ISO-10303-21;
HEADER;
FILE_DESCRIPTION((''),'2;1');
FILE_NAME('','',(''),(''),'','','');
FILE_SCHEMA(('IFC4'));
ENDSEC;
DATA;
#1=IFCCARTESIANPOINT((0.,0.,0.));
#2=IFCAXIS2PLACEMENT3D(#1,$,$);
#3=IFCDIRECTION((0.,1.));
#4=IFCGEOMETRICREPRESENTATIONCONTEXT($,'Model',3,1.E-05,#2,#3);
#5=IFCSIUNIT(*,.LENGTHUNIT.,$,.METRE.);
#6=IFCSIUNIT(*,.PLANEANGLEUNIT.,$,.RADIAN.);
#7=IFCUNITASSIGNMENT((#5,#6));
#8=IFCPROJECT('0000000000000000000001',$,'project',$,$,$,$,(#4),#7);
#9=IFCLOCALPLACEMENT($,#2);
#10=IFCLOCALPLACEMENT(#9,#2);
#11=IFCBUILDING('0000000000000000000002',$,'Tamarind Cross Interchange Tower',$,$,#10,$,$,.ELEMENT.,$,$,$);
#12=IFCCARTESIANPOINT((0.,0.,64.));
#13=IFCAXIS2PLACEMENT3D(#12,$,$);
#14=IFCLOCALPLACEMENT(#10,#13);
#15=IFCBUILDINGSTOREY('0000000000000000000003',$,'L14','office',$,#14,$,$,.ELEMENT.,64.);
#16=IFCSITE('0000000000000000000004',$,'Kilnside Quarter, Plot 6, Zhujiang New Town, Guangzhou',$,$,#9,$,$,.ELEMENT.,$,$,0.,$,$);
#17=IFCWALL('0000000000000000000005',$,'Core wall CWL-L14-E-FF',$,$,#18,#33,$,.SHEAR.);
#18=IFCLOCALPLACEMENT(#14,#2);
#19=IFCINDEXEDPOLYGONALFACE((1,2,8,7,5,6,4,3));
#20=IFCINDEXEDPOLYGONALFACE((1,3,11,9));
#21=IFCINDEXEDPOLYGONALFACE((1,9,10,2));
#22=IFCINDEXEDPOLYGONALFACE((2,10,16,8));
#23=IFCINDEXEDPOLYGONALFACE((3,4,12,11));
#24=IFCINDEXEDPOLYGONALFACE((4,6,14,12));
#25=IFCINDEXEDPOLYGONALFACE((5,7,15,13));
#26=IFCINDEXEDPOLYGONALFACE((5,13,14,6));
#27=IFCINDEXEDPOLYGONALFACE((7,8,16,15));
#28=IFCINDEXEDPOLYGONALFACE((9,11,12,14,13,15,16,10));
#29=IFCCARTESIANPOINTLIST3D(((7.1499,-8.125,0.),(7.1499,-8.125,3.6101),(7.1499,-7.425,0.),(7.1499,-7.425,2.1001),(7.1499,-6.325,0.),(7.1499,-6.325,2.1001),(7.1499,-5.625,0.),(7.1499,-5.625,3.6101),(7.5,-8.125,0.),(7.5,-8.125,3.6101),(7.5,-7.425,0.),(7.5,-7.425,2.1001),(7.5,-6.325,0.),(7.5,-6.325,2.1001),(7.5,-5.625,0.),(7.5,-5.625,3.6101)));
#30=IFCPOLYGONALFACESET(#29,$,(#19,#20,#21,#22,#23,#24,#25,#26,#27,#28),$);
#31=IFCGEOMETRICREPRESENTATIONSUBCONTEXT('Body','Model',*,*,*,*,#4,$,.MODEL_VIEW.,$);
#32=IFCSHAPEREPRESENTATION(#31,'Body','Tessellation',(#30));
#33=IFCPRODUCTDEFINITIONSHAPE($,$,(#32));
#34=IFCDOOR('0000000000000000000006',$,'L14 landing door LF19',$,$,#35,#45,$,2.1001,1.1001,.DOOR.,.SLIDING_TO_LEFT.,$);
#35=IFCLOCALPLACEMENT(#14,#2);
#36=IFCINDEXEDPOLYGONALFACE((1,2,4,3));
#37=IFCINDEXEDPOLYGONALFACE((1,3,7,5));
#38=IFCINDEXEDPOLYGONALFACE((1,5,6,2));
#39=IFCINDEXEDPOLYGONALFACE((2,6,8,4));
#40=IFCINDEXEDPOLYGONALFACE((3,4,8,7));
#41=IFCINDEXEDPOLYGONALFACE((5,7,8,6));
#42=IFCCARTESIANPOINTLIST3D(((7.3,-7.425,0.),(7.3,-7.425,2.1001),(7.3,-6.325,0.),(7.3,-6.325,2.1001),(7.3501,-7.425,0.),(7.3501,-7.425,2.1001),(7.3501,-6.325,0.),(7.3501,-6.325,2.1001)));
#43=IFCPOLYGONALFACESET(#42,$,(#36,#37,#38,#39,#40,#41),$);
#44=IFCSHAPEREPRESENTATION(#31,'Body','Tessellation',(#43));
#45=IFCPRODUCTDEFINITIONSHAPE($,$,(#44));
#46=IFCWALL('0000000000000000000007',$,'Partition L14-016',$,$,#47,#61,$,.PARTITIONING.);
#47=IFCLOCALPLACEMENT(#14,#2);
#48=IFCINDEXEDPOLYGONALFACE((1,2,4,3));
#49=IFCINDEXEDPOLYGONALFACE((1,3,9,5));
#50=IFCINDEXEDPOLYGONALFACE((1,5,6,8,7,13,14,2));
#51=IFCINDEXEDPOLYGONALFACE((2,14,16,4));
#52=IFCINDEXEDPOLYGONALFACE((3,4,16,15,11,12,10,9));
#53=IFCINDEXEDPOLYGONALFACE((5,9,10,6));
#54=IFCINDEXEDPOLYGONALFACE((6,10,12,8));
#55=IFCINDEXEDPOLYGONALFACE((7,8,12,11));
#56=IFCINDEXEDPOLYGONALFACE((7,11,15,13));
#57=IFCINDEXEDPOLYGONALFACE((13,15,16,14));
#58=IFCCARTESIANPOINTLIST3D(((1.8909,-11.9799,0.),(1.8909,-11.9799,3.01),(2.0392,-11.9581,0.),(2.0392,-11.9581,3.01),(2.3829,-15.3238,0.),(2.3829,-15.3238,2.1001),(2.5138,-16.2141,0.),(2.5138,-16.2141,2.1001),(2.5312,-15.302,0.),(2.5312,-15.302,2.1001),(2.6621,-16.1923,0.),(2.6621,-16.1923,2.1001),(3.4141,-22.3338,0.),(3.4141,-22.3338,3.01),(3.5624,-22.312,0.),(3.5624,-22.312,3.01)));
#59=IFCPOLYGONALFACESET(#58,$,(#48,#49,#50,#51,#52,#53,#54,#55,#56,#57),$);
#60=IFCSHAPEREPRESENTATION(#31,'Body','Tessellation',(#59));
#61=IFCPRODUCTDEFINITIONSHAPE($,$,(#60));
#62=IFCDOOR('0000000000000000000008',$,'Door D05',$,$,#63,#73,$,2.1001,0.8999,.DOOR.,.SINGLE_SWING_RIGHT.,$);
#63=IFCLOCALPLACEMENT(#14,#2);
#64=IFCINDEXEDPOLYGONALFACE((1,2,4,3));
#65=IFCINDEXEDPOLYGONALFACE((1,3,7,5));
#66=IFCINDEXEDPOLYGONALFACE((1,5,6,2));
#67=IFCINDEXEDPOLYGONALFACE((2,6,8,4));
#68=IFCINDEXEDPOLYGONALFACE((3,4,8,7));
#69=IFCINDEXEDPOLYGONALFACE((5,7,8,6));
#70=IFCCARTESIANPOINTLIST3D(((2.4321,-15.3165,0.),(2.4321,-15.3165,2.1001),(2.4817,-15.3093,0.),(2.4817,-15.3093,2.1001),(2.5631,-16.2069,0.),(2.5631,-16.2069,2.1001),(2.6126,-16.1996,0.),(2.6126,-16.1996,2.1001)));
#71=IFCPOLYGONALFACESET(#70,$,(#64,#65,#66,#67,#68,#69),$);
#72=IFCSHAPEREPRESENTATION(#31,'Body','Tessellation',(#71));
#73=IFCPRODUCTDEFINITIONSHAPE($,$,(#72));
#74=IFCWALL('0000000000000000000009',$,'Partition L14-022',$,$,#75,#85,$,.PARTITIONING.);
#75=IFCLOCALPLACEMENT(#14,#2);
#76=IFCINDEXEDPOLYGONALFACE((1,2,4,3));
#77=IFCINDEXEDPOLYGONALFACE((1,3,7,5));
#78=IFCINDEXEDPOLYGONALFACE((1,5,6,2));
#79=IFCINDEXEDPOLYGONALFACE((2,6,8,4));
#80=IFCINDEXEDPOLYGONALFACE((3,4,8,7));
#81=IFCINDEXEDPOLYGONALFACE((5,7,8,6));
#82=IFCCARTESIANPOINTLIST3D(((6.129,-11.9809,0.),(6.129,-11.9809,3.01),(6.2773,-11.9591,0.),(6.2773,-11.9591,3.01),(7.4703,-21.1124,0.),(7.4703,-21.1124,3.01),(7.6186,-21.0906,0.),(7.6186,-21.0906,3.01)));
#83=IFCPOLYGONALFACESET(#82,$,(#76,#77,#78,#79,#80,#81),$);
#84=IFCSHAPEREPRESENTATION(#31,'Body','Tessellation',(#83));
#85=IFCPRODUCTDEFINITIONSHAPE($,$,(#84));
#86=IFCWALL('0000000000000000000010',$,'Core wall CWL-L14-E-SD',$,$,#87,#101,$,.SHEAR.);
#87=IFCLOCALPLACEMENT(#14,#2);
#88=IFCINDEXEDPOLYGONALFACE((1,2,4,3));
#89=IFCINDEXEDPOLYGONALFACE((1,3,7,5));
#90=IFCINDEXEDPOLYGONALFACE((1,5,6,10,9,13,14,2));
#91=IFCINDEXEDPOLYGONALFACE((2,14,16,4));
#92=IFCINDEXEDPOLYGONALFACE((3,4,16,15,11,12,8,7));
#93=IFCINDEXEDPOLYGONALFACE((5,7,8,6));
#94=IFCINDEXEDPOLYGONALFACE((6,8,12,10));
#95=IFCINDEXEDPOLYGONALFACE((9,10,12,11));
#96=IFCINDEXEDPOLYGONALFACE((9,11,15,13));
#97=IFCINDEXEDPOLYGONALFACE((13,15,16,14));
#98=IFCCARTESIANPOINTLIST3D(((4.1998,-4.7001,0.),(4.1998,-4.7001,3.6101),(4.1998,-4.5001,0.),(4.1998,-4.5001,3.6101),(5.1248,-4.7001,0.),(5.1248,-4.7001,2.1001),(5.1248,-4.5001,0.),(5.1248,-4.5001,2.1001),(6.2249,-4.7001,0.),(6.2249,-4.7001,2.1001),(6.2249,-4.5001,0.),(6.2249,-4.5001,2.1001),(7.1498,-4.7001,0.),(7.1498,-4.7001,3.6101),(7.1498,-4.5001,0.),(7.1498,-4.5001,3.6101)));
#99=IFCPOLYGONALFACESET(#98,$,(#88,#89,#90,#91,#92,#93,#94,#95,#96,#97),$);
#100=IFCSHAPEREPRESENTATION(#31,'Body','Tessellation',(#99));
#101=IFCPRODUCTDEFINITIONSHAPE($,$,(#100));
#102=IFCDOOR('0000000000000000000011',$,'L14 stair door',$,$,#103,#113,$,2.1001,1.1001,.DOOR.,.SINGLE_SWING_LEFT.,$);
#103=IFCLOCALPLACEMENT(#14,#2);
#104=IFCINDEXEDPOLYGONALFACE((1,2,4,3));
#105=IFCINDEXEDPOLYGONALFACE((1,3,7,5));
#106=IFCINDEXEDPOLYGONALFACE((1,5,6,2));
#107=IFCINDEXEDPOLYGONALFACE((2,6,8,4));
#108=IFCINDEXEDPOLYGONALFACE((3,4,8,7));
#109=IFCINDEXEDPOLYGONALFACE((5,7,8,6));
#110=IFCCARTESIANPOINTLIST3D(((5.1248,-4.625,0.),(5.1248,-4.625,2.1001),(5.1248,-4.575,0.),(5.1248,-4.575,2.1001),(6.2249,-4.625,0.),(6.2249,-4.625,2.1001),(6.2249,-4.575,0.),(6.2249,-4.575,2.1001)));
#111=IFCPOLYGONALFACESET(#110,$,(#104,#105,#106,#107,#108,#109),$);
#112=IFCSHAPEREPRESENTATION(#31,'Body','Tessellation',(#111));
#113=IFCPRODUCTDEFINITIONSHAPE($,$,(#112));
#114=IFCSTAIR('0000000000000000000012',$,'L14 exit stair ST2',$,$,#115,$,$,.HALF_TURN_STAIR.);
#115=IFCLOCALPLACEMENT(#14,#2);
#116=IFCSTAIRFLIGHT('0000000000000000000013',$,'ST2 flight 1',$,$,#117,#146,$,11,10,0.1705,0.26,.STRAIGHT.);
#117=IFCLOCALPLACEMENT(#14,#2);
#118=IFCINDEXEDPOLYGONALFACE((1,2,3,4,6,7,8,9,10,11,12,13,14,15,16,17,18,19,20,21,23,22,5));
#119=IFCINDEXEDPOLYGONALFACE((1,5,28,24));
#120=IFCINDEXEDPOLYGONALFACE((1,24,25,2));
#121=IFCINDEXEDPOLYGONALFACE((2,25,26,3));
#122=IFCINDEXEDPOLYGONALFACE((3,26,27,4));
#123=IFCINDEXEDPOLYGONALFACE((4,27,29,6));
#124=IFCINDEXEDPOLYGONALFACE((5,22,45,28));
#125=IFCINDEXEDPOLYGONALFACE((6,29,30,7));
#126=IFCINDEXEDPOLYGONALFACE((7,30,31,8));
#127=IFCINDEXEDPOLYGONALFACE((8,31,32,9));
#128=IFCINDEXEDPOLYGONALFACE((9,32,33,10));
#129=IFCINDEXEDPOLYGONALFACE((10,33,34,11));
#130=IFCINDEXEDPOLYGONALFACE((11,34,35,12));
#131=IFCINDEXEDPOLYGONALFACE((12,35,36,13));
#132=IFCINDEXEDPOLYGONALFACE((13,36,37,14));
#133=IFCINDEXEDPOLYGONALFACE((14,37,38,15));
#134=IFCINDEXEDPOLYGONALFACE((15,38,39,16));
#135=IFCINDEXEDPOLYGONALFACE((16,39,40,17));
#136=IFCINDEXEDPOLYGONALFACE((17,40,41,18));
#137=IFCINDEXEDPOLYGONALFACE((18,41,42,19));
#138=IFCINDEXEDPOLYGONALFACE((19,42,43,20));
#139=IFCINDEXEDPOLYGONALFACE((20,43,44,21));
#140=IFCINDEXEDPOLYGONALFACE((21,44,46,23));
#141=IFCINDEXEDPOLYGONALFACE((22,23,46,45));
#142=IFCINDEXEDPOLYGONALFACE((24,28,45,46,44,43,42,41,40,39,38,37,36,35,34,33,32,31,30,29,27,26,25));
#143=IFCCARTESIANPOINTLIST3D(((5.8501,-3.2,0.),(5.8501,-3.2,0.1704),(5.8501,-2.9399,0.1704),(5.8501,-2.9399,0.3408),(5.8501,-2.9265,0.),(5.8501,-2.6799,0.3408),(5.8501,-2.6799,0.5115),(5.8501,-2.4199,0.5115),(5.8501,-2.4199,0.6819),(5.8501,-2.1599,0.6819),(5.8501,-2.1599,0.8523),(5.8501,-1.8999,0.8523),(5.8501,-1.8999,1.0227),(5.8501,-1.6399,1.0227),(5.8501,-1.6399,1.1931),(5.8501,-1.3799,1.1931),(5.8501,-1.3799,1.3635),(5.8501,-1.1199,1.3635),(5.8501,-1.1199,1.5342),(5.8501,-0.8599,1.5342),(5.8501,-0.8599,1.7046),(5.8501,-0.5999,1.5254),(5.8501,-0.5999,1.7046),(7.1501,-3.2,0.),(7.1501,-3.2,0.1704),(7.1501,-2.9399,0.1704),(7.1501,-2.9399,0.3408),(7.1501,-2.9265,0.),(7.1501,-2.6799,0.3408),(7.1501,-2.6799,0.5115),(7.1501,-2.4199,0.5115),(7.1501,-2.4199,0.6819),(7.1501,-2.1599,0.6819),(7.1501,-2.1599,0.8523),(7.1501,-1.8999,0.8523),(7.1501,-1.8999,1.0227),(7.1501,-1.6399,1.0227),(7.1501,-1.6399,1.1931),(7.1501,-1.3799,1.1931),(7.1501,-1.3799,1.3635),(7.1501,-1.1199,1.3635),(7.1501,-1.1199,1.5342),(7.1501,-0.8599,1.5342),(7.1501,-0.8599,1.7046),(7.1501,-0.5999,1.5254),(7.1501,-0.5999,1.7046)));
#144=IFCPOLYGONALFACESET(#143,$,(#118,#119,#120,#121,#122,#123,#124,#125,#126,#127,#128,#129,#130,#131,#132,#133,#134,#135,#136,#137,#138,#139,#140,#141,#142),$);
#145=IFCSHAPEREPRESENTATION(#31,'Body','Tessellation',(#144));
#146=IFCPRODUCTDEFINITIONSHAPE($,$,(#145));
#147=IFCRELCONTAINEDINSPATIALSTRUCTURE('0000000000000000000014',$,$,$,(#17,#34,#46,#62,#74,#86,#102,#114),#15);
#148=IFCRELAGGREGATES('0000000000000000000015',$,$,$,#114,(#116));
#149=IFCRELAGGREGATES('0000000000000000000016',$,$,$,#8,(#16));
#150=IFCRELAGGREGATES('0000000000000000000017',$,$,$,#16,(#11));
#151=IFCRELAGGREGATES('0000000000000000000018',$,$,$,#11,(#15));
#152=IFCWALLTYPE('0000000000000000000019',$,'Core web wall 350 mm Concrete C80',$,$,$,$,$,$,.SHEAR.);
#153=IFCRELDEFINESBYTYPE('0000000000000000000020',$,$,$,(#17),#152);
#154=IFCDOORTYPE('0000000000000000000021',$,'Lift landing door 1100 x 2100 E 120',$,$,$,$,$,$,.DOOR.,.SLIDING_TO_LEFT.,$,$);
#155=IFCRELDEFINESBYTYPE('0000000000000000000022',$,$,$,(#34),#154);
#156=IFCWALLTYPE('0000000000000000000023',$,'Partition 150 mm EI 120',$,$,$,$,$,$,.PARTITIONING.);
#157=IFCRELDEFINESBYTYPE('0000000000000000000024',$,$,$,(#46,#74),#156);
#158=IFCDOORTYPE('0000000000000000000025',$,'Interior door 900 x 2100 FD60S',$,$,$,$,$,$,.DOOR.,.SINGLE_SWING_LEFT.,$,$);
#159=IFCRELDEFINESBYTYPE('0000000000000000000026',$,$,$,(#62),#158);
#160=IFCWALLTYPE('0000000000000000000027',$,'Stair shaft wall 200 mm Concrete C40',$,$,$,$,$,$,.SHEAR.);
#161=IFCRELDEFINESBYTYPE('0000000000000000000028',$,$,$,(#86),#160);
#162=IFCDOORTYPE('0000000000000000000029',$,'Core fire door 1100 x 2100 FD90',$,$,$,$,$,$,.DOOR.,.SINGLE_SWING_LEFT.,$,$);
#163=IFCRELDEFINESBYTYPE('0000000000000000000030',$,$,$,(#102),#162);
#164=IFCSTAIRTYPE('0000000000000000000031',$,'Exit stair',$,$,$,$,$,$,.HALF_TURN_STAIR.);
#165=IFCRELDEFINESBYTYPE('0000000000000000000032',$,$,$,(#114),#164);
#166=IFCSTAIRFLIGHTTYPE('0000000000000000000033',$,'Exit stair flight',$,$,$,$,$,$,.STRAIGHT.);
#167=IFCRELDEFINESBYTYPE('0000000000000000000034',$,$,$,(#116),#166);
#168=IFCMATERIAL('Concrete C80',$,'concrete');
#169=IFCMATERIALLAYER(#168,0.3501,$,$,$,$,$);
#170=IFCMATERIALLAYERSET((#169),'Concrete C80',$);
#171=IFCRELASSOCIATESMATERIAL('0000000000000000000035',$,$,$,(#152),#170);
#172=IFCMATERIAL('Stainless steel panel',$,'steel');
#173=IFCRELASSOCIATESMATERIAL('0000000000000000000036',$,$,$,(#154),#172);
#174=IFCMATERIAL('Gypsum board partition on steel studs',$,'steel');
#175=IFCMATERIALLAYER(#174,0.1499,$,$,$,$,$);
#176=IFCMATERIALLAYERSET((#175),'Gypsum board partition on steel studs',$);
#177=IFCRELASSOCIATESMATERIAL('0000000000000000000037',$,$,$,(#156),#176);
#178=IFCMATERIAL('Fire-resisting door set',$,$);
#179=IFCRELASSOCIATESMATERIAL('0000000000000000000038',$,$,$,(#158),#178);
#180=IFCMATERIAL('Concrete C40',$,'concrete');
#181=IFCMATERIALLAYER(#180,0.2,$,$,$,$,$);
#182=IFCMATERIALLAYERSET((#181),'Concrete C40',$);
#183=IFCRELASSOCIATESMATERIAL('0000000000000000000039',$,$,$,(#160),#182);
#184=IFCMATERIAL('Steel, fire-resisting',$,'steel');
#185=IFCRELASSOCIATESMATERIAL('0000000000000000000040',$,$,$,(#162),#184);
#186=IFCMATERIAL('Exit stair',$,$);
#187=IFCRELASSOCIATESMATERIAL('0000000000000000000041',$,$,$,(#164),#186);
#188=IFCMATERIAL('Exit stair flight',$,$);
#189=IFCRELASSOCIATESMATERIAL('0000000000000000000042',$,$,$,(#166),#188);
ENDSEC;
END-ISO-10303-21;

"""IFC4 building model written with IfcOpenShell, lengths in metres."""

from ifc_helpers import new_model, si_unit, direction, frame, frame_2d, origin, place, context, subcontext, project, spatial, polyline, rectangle, outline, extrude, material, layer, layer_set, type_object, element, fill, aggregate, save


model = new_model("IFC4")

# Units and contexts
model_context = context("Model", 3, precision=1e-05, world=origin(), true_north=direction((0.0, 1.0)))
body_context = subcontext(model_context, "Body", "Model", "MODEL_VIEW")
ifc_project = project(units=[si_unit("LENGTHUNIT", "METRE"), si_unit("PLANEANGLEUNIT", "RADIAN")], contexts=[model_context])

# Site, building, storey
site_placement = place(None, origin())
site = spatial("IfcSite", under=ifc_project, at=site_placement, Name="Kilnside Quarter, Plot 6, Zhujiang New Town, Guangzhou", CompositionType="ELEMENT", RefElevation=0.0)
building_placement = place(site_placement, origin())
building = spatial("IfcBuilding", under=site, at=building_placement, Name="Tamarind Cross Interchange Tower", CompositionType="ELEMENT")
storey_placement = place(building_placement, frame((0.0, 0.0, 64.0)))
storey = spatial("IfcBuildingStorey", under=building, at=storey_placement, Name="L14", Description="office", CompositionType="ELEMENT", Elevation=64.0)

# Shared definitions
ifc_material_1 = material(Name="Concrete C80", Category="concrete")
ifc_material_2 = material(Name="Steel, fire-resisting", Category="steel")

# Shared definitions
ifc_layer_1 = layer(ifc_material_1, 0.3501)
ifc_layer_set_1 = layer_set([ifc_layer_1], Name="Concrete C80")
wall_type_1 = type_object("IfcWallType", Name="Core web wall 350 mm Concrete C80", PredefinedType="SHEAR", material=ifc_layer_set_1)

# Walls, openings, doors
wall_1_placement = place(storey_placement, frame((7.325, -8.125, 0.0), z_axis=(0.0, 0.0, 1.0), x_axis=(0.0, 1.0, 0.0)))
wall_1 = element("IfcWall", 1, at=wall_1_placement, inside=storey, type_object=wall_type_1, Name="Core wall CWL-L14-E-FF", PredefinedType="SHEAR", context=body_context, shape_type="SweptSolid", body=[
    extrude(rectangle(XDim=2.5, YDim=0.3501, at=frame_2d((1.25, 0.0))), origin(), (0.0, 0.0, 1.0), 3.6101),
])
opening_1_placement = place(wall_1_placement, frame((0.7, 0.0, 0.0)))
opening_1 = element("IfcOpeningElement", 2, at=opening_1_placement, cuts=wall_1, PredefinedType="OPENING", context=body_context, shape_type="SweptSolid", body=[
    extrude(rectangle(XDim=1.1001, YDim=2.1001, at=frame_2d((0.55, 1.05))), frame((0.0, 0.1851, 0.0), z_axis=(0.0, -1.0, 0.0), x_axis=(1.0, 0.0, 0.0)), (0.0, 0.0, 1.0), 0.3701),
])
ifc_material_3 = material(Name="Stainless steel panel", Category="steel")
door_type_1 = type_object("IfcDoorType", Name="Lift landing door 1100 x 2100 E 120", OperationType="SLIDING_TO_LEFT", PredefinedType="DOOR", material=ifc_material_3)
door_1_placement = place(opening_1_placement, origin())
door_1 = element("IfcDoor", 3, at=door_1_placement, inside=storey, type_object=door_type_1, Name="L14 landing door LF19", OperationType="SLIDING_TO_LEFT", OverallHeight=2.1001, OverallWidth=1.1001, PredefinedType="DOOR", context=body_context, shape_type="SweptSolid", body=[
    extrude(rectangle(XDim=1.1001, YDim=2.1001, at=frame_2d((0.55, 1.05))), frame((0.0, 0.0249, 0.0), z_axis=(0.0, -1.0, 0.0), x_axis=(1.0, 0.0, 0.0)), (0.0, 0.0, 1.0), 0.05),
])
fill(opening_1, door_1)
ifc_material_4 = material(Name="Gypsum board partition on steel studs", Category="steel")
ifc_layer_2 = layer(ifc_material_4, 0.1499)
ifc_layer_set_2 = layer_set([ifc_layer_2], Name="Gypsum board partition on steel studs")
wall_type_2 = type_object("IfcWallType", Name="Partition 150 mm EI 120", PredefinedType="PARTITIONING", material=ifc_layer_set_2)
wall_2_placement = place(storey_placement, frame((1.9651, -11.969, 0.0), z_axis=(0.0, 0.0, 1.0), x_axis=(0.145545, -0.989352, 0.0)))
wall_2 = element("IfcWall", 4, at=wall_2_placement, inside=storey, type_object=wall_type_2, Name="Partition L14-016", PredefinedType="PARTITIONING", context=body_context, shape_type="SweptSolid", body=[
    extrude(rectangle(XDim=10.4653, YDim=0.1499, at=frame_2d((5.2327, 0.0))), origin(), (0.0, 0.0, 1.0), 3.01),
])
opening_2_placement = place(wall_2_placement, frame((3.3799, 0.0, 0.0)))
opening_2 = element("IfcOpeningElement", 5, at=opening_2_placement, cuts=wall_2, PredefinedType="OPENING", context=body_context, shape_type="SweptSolid", body=[
    extrude(rectangle(XDim=0.8999, YDim=2.1001, at=frame_2d((0.45, 1.05))), frame((0.0, 0.085, 0.0), z_axis=(0.0, -1.0, 0.0), x_axis=(1.0, 0.0, 0.0)), (0.0, 0.0, 1.0), 0.1699),
])
ifc_material_5 = material(Name="Fire-resisting door set")
door_type_2 = type_object("IfcDoorType", Name="Interior door 900 x 2100 FD60S", OperationType="SINGLE_SWING_LEFT", PredefinedType="DOOR", material=ifc_material_5)
door_2_placement = place(opening_2_placement, origin())
door_2 = element("IfcDoor", 6, at=door_2_placement, inside=storey, type_object=door_type_2, Name="Door D05", OperationType="SINGLE_SWING_RIGHT", OverallHeight=2.1001, OverallWidth=0.8999, PredefinedType="DOOR", context=body_context, shape_type="SweptSolid", body=[
    extrude(rectangle(XDim=0.8999, YDim=2.1001, at=frame_2d((0.45, 1.05))), frame((0.0, 0.0249, 0.0), z_axis=(0.0, -1.0, 0.0), x_axis=(1.0, 0.0, 0.0)), (0.0, 0.0, 1.0), 0.05),
])
fill(opening_2, door_2)

# Wall
wall_3_placement = place(storey_placement, frame((6.2031, -11.97, 0.0), z_axis=(0.0, 0.0, 1.0), x_axis=(0.145327, -0.989384, 0.0)))
element("IfcWall", 7, at=wall_3_placement, inside=storey, type_object=wall_type_2, Name="Partition L14-022", PredefinedType="PARTITIONING", context=body_context, shape_type="SweptSolid", body=[
    extrude(rectangle(XDim=9.2295, YDim=0.1499, at=frame_2d((4.6147, 0.0))), origin(), (0.0, 0.0, 1.0), 3.01),
])

# Wall, opening, door
ifc_material_6 = material(Name="Concrete C40", Category="concrete")
ifc_layer_3 = layer(ifc_material_6, 0.2)
ifc_layer_set_3 = layer_set([ifc_layer_3], Name="Concrete C40")
wall_type_3 = type_object("IfcWallType", Name="Stair shaft wall 200 mm Concrete C40", PredefinedType="SHEAR", material=ifc_layer_set_3)
wall_4_placement = place(storey_placement, frame((7.1499, -4.6001, 0.0), z_axis=(0.0, 0.0, 1.0), x_axis=(-1.0, 0.0, 0.0)))
wall_4 = element("IfcWall", 8, at=wall_4_placement, inside=storey, type_object=wall_type_3, Name="Core wall CWL-L14-E-SD", PredefinedType="SHEAR", context=body_context, shape_type="SweptSolid", body=[
    extrude(rectangle(XDim=2.95, YDim=0.2, at=frame_2d((1.4751, 0.0))), origin(), (0.0, 0.0, 1.0), 3.6101),
])
opening_3_placement = place(wall_4_placement, frame((0.925, 0.0, 0.0)))
opening_3 = element("IfcOpeningElement", 9, at=opening_3_placement, cuts=wall_4, PredefinedType="OPENING", context=body_context, shape_type="SweptSolid", body=[
    extrude(rectangle(XDim=1.1001, YDim=2.1001, at=frame_2d((0.55, 1.05))), frame((0.0, 0.1099, 0.0), z_axis=(0.0, -1.0, 0.0), x_axis=(1.0, 0.0, 0.0)), (0.0, 0.0, 1.0), 0.22),
])
door_type_3 = type_object("IfcDoorType", Name="Core fire door 1100 x 2100 FD90", OperationType="SINGLE_SWING_LEFT", PredefinedType="DOOR", material=ifc_material_2)
door_3_placement = place(opening_3_placement, origin())
door_3 = element("IfcDoor", 10, at=door_3_placement, inside=storey, type_object=door_type_3, Name="L14 stair door", OperationType="SINGLE_SWING_LEFT", OverallHeight=2.1001, OverallWidth=1.1001, PredefinedType="DOOR", context=body_context, shape_type="SweptSolid", body=[
    extrude(rectangle(XDim=1.1001, YDim=2.1001, at=frame_2d((0.55, 1.05))), frame((0.0, 0.0249, 0.0), z_axis=(0.0, -1.0, 0.0), x_axis=(1.0, 0.0, 0.0)), (0.0, 0.0, 1.0), 0.05),
])
fill(opening_3, door_3)

# Stair, stair flight
ifc_material_7 = material(Name="Exit stair")
stair_type = type_object("IfcStairType", Name="Exit stair", PredefinedType="HALF_TURN_STAIR", material=ifc_material_7)
stair_placement = place(storey_placement, origin())
stair = element("IfcStair", 11, at=stair_placement, inside=storey, type_object=stair_type, Name="L14 exit stair ST2", PredefinedType="HALF_TURN_STAIR")
ifc_material_8 = material(Name="Exit stair flight")
stair_flight_type = type_object("IfcStairFlightType", Name="Exit stair flight", PredefinedType="STRAIGHT", material=ifc_material_8)
stair_flight_1_placement = place(storey_placement, frame((6.5, -3.2, 0.0), z_axis=(0.0, 0.0, 1.0), x_axis=(0.0, 1.0, 0.0)))
stair_flight_1 = element("IfcStairFlight", 12, at=stair_flight_1_placement, type_object=stair_flight_type, Name="ST2 flight 1", NumberOfRisers=11, NumberOfTreads=10, PredefinedType="STRAIGHT", RiserHeight=0.1705, TreadLength=0.26, context=body_context, shape_type="SweptSolid", body=[
    extrude(outline(polyline([(0.0, 0.0), (0.0, 0.1704), (0.26, 0.1704), (0.26, 0.3408), (0.52, 0.3408), (0.52, 0.5115), (0.78, 0.5115), (0.78, 0.6819), (1.04, 0.6819), (1.04, 0.8523), (1.3, 0.8523), (1.3, 1.0227), (1.5601, 1.0227), (1.5601, 1.1931), (1.8201, 1.1931), (1.8201, 1.3635), (2.0801, 1.3635), (2.0801, 1.5342), (2.3401, 1.5342), (2.3401, 1.7046), (2.6001, 1.7046), (2.6001, 1.875), (2.6001, 1.5254), (0.2734, 0.0), (0.0, 0.0)])), frame((0.0, 0.6499, 0.0), z_axis=(0.0, -1.0, 0.0), x_axis=(1.0, 0.0, 0.0)), (0.0, 0.0, 1.0), 1.3),
])
aggregate(stair, [stair_flight_1])

save(model, "model.ifc")
